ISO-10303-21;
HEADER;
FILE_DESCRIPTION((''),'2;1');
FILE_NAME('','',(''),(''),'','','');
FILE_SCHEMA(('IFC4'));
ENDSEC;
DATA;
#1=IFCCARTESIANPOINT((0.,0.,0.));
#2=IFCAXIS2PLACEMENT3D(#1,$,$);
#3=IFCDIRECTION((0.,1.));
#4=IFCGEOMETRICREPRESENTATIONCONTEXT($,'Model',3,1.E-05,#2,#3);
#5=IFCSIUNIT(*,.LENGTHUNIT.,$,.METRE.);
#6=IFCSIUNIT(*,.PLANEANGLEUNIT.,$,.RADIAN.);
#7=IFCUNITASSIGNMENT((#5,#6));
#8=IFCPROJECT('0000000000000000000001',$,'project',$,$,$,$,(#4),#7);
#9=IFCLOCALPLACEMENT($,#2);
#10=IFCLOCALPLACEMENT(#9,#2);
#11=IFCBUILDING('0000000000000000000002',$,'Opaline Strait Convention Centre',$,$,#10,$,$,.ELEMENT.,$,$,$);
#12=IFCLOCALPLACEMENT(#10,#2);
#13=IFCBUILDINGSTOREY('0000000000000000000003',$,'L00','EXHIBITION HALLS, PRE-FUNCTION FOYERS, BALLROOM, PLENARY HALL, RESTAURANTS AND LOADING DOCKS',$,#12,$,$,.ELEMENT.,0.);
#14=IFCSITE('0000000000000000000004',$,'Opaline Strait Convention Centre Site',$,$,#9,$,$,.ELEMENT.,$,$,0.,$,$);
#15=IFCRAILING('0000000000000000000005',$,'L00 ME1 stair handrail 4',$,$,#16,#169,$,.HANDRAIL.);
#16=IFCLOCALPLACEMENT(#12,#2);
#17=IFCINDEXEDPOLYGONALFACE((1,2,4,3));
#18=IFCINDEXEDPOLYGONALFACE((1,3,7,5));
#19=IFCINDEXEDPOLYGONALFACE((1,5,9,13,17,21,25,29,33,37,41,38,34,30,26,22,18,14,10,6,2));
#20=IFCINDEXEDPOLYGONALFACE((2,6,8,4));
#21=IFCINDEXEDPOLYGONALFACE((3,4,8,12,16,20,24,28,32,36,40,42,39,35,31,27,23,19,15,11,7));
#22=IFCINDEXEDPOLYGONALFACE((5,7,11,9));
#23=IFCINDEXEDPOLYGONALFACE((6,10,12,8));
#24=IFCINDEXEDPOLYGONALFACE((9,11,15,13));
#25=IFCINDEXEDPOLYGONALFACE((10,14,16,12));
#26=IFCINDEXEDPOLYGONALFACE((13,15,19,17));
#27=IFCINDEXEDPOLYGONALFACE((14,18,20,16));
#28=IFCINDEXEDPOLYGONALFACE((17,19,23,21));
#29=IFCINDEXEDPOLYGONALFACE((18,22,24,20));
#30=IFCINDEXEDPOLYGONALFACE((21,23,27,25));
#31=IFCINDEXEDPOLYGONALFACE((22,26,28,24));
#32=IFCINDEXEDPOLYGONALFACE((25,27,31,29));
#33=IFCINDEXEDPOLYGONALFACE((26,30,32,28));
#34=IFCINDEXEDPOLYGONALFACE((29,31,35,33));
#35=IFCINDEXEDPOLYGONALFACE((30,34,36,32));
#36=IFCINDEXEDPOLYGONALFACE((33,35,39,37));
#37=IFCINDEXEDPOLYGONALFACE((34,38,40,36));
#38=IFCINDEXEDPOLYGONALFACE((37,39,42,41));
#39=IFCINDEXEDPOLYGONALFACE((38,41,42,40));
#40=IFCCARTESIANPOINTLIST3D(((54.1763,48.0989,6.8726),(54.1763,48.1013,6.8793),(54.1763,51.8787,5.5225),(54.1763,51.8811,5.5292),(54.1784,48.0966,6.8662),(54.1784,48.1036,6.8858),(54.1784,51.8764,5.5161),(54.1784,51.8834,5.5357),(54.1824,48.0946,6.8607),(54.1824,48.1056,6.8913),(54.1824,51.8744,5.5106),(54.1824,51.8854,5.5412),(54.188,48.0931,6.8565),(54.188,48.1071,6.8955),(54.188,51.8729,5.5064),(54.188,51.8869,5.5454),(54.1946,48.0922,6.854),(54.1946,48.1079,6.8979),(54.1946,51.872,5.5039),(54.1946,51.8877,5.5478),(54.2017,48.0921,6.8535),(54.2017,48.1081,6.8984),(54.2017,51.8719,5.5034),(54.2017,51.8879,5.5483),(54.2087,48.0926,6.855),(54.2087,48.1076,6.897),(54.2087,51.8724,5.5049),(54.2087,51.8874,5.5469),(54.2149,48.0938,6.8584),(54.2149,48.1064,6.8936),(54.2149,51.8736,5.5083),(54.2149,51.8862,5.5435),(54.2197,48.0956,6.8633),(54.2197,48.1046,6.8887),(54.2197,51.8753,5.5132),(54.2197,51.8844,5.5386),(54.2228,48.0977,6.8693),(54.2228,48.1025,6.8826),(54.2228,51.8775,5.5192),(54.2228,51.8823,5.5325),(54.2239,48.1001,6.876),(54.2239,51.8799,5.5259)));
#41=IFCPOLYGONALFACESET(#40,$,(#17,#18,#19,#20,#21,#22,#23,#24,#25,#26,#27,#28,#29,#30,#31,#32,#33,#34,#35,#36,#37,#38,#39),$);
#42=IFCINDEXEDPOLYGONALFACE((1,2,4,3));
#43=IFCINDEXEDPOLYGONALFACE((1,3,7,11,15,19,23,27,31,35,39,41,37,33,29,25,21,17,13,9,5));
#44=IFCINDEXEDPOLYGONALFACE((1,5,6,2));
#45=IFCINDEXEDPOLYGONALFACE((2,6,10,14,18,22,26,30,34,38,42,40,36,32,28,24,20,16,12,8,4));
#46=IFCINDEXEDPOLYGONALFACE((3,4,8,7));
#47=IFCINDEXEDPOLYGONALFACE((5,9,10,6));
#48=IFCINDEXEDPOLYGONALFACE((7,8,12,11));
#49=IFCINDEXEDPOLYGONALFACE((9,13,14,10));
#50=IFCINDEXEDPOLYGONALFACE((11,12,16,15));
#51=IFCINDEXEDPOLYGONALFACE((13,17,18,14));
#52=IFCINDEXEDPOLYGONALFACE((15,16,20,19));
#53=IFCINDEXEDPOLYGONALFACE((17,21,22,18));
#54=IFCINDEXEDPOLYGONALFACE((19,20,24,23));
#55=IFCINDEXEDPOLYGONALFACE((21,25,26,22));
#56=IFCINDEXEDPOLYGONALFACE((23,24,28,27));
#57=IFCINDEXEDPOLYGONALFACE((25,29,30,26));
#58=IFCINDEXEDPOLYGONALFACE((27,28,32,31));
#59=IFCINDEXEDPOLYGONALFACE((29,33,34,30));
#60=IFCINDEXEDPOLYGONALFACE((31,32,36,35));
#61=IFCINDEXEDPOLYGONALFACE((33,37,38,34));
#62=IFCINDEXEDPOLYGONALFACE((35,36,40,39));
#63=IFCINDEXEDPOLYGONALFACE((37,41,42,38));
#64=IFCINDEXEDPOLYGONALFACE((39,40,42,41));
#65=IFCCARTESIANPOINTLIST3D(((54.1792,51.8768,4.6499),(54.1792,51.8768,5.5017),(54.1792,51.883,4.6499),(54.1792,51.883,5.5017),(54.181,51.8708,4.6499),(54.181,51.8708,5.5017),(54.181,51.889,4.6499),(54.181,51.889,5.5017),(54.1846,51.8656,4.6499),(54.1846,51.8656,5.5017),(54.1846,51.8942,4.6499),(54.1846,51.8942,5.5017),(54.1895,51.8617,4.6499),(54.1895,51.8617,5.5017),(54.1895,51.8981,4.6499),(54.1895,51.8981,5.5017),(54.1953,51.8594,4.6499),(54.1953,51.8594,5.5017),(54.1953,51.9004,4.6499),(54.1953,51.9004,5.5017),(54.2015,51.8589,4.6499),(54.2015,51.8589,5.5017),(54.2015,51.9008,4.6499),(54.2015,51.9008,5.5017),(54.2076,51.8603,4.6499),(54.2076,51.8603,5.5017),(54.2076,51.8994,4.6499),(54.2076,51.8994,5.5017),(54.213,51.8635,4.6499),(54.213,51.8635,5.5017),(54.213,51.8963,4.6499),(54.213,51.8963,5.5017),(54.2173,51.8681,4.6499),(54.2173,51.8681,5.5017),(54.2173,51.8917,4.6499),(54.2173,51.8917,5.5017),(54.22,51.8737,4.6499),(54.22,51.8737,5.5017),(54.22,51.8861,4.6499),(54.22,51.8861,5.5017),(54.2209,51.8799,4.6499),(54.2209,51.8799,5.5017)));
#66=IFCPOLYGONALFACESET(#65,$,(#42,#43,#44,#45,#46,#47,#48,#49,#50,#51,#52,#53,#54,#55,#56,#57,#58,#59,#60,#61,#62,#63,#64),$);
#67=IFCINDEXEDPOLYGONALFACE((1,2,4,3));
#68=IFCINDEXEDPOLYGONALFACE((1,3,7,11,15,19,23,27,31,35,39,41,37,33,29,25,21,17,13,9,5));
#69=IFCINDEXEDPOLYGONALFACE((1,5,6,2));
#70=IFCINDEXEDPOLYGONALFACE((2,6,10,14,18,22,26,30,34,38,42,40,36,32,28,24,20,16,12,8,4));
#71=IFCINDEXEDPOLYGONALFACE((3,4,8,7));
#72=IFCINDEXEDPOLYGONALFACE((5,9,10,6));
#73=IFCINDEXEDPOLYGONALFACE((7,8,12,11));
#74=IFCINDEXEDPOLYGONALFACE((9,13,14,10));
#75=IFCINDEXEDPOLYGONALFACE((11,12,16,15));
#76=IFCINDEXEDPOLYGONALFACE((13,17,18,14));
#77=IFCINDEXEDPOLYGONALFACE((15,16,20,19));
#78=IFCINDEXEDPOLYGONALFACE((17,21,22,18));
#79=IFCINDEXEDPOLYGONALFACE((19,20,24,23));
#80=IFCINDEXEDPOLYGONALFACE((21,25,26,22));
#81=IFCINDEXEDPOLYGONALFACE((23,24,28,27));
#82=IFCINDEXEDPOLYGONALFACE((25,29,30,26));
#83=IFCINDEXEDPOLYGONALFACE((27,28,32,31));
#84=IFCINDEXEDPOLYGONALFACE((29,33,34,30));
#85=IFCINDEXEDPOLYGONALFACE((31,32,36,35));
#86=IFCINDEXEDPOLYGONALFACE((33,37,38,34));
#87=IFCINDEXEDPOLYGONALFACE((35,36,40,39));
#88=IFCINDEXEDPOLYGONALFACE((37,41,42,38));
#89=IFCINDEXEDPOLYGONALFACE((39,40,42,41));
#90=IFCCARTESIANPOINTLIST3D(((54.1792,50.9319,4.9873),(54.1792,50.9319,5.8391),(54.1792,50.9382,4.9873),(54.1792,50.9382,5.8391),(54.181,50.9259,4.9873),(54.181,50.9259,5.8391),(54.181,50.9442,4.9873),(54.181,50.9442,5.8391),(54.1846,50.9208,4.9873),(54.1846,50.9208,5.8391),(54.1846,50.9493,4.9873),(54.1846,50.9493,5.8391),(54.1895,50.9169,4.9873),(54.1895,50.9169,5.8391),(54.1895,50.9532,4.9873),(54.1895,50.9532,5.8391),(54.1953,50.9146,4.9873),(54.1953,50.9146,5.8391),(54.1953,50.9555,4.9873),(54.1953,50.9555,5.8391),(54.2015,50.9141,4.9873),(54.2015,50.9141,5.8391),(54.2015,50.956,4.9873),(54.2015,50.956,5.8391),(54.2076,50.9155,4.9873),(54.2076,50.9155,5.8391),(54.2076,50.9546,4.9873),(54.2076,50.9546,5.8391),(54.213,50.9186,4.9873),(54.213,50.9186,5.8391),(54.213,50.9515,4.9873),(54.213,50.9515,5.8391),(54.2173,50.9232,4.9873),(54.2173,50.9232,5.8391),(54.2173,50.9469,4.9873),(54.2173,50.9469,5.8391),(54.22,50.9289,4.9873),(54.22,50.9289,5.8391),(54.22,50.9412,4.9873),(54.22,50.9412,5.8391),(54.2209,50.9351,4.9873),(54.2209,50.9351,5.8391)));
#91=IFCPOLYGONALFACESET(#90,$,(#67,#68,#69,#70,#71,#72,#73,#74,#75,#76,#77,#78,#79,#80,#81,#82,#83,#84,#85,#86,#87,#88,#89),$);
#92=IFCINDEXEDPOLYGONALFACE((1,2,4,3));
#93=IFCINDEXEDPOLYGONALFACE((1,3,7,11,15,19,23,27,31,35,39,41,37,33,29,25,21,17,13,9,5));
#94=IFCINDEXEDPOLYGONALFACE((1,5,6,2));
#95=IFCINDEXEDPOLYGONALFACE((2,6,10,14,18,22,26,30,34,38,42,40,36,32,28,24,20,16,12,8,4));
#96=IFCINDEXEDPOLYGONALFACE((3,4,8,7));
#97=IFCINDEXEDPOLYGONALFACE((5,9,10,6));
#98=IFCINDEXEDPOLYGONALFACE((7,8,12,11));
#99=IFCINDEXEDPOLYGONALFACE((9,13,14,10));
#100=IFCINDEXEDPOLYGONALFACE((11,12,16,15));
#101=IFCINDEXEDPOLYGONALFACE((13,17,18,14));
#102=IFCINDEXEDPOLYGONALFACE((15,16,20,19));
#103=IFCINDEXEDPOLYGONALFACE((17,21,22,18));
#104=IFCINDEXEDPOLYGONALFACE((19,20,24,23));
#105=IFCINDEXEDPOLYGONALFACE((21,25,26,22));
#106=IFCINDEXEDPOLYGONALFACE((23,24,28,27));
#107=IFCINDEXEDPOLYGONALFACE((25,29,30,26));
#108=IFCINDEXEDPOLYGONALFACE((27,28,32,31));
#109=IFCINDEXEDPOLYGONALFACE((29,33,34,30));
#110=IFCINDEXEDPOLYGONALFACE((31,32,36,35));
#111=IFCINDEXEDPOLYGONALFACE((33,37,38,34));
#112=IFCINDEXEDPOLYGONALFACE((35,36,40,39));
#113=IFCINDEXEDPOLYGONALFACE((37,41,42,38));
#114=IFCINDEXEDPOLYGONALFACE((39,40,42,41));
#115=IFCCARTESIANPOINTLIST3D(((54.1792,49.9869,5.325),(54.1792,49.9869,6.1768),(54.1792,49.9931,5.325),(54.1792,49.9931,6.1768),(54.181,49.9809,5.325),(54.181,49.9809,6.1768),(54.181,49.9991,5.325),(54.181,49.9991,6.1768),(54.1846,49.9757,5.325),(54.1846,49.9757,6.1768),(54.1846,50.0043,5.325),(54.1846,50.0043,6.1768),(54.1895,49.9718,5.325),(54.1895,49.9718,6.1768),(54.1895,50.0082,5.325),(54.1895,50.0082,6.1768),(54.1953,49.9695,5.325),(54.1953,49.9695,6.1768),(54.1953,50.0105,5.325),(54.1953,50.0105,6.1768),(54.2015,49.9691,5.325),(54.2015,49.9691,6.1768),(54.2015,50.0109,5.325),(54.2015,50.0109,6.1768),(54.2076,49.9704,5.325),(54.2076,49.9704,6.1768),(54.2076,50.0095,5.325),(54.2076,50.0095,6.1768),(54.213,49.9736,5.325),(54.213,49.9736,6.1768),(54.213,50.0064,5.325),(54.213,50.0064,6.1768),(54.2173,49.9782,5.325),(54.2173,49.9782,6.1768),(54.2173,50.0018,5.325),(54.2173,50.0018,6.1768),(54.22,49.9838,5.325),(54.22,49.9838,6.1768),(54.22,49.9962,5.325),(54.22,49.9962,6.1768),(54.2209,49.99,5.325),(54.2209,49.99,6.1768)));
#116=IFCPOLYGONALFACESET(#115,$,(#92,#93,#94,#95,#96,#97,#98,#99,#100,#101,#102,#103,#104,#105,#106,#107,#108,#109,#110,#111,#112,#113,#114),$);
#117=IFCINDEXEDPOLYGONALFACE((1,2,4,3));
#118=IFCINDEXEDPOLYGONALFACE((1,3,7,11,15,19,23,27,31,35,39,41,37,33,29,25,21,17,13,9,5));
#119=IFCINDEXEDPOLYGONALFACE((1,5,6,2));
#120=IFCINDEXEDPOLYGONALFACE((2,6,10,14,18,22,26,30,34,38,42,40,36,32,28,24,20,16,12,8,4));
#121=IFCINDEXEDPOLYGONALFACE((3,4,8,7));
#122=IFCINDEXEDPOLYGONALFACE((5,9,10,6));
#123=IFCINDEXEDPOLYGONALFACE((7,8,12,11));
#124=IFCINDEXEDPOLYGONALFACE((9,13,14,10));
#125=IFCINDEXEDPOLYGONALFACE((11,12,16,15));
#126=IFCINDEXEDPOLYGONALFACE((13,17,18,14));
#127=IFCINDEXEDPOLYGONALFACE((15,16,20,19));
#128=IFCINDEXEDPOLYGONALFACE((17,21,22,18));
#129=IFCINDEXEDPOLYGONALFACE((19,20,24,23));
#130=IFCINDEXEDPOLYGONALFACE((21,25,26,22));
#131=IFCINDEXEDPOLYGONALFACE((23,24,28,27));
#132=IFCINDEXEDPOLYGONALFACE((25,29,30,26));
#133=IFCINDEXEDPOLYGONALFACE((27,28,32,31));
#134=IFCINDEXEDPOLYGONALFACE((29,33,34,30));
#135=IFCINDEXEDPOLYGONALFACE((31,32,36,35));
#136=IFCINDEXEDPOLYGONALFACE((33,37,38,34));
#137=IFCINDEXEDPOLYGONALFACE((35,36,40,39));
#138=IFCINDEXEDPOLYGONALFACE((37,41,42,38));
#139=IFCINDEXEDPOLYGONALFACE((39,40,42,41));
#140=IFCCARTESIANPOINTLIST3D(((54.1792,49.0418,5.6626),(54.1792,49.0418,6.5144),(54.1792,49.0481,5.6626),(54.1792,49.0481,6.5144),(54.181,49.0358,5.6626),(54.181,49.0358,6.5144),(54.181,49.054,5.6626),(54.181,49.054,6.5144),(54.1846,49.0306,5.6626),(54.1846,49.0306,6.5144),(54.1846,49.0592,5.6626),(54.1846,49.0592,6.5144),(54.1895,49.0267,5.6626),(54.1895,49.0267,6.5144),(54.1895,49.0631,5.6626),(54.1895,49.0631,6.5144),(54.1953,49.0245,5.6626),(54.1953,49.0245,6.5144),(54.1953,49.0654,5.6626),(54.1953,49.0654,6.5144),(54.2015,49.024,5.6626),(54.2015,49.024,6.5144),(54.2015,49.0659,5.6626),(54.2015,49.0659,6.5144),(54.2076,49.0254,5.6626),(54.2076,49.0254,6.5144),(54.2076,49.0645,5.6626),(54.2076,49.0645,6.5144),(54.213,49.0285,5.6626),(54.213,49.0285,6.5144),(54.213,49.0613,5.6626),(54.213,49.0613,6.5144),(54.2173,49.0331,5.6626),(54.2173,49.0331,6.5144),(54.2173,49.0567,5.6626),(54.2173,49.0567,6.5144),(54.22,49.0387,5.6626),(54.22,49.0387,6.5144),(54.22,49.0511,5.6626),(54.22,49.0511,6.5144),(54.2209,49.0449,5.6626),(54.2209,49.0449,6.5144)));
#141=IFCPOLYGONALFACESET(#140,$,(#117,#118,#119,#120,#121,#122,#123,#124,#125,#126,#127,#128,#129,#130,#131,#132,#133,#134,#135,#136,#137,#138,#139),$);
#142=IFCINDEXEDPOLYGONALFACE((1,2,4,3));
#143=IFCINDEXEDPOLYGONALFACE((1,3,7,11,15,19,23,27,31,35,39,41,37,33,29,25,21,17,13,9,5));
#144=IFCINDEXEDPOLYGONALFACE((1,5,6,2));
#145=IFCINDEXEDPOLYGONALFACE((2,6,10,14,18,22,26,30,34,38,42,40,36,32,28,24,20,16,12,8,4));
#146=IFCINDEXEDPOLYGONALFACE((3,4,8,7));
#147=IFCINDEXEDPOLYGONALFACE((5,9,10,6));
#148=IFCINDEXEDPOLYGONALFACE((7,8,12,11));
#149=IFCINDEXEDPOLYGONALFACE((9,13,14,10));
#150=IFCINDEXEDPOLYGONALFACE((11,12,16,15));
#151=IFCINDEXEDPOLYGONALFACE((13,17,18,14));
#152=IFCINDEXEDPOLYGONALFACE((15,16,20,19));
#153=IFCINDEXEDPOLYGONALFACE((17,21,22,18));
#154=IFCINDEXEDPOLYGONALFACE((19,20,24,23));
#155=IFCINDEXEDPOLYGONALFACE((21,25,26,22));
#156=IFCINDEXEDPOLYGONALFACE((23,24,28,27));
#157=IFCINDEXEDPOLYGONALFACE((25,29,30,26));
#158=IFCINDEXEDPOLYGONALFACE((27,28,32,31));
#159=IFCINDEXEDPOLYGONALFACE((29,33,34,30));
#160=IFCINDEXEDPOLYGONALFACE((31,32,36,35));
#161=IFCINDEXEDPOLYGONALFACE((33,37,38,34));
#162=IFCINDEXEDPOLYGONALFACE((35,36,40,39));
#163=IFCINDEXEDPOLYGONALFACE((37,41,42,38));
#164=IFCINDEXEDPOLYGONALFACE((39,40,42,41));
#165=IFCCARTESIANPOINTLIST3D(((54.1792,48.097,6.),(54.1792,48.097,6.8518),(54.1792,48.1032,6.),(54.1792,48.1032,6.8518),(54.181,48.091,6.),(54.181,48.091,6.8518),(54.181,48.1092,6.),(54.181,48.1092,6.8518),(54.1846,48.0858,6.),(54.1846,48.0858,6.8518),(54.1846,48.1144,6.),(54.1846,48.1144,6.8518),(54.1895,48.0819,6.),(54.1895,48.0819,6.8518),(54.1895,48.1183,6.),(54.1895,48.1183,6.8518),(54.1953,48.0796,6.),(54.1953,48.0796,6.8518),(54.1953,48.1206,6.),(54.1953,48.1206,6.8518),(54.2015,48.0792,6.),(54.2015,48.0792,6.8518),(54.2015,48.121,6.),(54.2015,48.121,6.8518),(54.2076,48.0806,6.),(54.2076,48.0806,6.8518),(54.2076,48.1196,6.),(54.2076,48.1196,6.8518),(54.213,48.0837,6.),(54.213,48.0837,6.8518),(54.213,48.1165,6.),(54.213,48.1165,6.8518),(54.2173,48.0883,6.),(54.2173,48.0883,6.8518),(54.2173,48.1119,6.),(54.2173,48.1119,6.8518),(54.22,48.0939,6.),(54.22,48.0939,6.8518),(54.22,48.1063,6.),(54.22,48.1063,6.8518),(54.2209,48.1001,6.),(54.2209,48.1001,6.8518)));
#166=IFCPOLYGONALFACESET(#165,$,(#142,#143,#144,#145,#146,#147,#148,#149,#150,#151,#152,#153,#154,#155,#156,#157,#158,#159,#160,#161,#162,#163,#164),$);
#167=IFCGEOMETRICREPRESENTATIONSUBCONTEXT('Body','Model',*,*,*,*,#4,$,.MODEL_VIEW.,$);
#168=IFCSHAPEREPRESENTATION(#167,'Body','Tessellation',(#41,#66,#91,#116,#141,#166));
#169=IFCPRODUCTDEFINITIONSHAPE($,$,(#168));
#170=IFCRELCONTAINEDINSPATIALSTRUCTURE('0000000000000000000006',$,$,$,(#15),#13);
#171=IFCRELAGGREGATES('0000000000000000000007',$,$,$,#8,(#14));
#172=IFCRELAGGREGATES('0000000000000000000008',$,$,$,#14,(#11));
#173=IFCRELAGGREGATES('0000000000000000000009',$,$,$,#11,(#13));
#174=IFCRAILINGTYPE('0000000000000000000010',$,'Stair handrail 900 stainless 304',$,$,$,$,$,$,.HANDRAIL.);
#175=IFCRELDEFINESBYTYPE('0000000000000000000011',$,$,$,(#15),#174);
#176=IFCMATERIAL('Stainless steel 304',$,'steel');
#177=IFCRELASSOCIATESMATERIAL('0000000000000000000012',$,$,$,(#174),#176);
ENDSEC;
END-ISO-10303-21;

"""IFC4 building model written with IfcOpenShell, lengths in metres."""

from ifc_helpers import new_model, si_unit, direction, frame, origin, origin_2d, place, context, subcontext, project, spatial, circle, extrude, material, type_object, element, save


model = new_model("IFC4")

# Units and contexts
model_context = context("Model", 3, precision=1e-05, world=origin(), true_north=direction((0.0, 1.0)))
body_context = subcontext(model_context, "Body", "Model", "MODEL_VIEW")
ifc_project = project(units=[si_unit("LENGTHUNIT", "METRE"), si_unit("PLANEANGLEUNIT", "RADIAN")], contexts=[model_context])

# Site, building, storey
site_placement = place(None, origin())
site = spatial("IfcSite", under=ifc_project, at=site_placement, Name="Opaline Strait Convention Centre Site", CompositionType="ELEMENT", RefElevation=0.0)
building_placement = place(site_placement, origin())
building = spatial("IfcBuilding", under=site, at=building_placement, Name="Opaline Strait Convention Centre", CompositionType="ELEMENT")
storey_placement = place(building_placement, origin())
storey = spatial("IfcBuildingStorey", under=building, at=storey_placement, Name="L00", Description="EXHIBITION HALLS, PRE-FUNCTION FOYERS, BALLROOM, PLENARY HALL, RESTAURANTS AND LOADING DOCKS", CompositionType="ELEMENT", Elevation=0.0)

# Railing
ifc_material_1 = material(Name="Stainless steel 304", Category="steel")
railing_type_1 = type_object("IfcRailingType", Name="Stair handrail 900 stainless 304", PredefinedType="HANDRAIL", material=ifc_material_1)
railing_1_placement = place(storey_placement, frame((54.2, 51.8799, 4.6499)))
element("IfcRailing", 1, at=railing_1_placement, inside=storey, type_object=railing_type_1, Name="L00 ME1 stair handrail 4", PredefinedType="HANDRAIL", context=body_context, shape_type="SweptSolid", body=[
    extrude(circle(Radius=0.0239, at=origin_2d()), frame((0.0, 0.0, 0.876), z_axis=(0.0, -0.941728, 0.336375), x_axis=(1.0, 0.0, 0.0)), (0.0, 0.0, 1.0), 4.0137),
    extrude(circle(Radius=0.021, at=origin_2d()), origin(), (0.0, 0.0, 1.0), 0.8518),
    extrude(circle(Radius=0.021, at=origin_2d()), frame((0.0, -0.9448, 0.3374)), (0.0, 0.0, 1.0), 0.8518),
    extrude(circle(Radius=0.021, at=origin_2d()), frame((0.0, -1.8899, 0.675)), (0.0, 0.0, 1.0), 0.8518),
    extrude(circle(Radius=0.021, at=origin_2d()), frame((0.0, -2.835, 1.0127)), (0.0, 0.0, 1.0), 0.8518),
    extrude(circle(Radius=0.021, at=origin_2d()), frame((0.0, -3.7798, 1.3501)), (0.0, 0.0, 1.0), 0.8518),
])

save(model, "model.ifc")
